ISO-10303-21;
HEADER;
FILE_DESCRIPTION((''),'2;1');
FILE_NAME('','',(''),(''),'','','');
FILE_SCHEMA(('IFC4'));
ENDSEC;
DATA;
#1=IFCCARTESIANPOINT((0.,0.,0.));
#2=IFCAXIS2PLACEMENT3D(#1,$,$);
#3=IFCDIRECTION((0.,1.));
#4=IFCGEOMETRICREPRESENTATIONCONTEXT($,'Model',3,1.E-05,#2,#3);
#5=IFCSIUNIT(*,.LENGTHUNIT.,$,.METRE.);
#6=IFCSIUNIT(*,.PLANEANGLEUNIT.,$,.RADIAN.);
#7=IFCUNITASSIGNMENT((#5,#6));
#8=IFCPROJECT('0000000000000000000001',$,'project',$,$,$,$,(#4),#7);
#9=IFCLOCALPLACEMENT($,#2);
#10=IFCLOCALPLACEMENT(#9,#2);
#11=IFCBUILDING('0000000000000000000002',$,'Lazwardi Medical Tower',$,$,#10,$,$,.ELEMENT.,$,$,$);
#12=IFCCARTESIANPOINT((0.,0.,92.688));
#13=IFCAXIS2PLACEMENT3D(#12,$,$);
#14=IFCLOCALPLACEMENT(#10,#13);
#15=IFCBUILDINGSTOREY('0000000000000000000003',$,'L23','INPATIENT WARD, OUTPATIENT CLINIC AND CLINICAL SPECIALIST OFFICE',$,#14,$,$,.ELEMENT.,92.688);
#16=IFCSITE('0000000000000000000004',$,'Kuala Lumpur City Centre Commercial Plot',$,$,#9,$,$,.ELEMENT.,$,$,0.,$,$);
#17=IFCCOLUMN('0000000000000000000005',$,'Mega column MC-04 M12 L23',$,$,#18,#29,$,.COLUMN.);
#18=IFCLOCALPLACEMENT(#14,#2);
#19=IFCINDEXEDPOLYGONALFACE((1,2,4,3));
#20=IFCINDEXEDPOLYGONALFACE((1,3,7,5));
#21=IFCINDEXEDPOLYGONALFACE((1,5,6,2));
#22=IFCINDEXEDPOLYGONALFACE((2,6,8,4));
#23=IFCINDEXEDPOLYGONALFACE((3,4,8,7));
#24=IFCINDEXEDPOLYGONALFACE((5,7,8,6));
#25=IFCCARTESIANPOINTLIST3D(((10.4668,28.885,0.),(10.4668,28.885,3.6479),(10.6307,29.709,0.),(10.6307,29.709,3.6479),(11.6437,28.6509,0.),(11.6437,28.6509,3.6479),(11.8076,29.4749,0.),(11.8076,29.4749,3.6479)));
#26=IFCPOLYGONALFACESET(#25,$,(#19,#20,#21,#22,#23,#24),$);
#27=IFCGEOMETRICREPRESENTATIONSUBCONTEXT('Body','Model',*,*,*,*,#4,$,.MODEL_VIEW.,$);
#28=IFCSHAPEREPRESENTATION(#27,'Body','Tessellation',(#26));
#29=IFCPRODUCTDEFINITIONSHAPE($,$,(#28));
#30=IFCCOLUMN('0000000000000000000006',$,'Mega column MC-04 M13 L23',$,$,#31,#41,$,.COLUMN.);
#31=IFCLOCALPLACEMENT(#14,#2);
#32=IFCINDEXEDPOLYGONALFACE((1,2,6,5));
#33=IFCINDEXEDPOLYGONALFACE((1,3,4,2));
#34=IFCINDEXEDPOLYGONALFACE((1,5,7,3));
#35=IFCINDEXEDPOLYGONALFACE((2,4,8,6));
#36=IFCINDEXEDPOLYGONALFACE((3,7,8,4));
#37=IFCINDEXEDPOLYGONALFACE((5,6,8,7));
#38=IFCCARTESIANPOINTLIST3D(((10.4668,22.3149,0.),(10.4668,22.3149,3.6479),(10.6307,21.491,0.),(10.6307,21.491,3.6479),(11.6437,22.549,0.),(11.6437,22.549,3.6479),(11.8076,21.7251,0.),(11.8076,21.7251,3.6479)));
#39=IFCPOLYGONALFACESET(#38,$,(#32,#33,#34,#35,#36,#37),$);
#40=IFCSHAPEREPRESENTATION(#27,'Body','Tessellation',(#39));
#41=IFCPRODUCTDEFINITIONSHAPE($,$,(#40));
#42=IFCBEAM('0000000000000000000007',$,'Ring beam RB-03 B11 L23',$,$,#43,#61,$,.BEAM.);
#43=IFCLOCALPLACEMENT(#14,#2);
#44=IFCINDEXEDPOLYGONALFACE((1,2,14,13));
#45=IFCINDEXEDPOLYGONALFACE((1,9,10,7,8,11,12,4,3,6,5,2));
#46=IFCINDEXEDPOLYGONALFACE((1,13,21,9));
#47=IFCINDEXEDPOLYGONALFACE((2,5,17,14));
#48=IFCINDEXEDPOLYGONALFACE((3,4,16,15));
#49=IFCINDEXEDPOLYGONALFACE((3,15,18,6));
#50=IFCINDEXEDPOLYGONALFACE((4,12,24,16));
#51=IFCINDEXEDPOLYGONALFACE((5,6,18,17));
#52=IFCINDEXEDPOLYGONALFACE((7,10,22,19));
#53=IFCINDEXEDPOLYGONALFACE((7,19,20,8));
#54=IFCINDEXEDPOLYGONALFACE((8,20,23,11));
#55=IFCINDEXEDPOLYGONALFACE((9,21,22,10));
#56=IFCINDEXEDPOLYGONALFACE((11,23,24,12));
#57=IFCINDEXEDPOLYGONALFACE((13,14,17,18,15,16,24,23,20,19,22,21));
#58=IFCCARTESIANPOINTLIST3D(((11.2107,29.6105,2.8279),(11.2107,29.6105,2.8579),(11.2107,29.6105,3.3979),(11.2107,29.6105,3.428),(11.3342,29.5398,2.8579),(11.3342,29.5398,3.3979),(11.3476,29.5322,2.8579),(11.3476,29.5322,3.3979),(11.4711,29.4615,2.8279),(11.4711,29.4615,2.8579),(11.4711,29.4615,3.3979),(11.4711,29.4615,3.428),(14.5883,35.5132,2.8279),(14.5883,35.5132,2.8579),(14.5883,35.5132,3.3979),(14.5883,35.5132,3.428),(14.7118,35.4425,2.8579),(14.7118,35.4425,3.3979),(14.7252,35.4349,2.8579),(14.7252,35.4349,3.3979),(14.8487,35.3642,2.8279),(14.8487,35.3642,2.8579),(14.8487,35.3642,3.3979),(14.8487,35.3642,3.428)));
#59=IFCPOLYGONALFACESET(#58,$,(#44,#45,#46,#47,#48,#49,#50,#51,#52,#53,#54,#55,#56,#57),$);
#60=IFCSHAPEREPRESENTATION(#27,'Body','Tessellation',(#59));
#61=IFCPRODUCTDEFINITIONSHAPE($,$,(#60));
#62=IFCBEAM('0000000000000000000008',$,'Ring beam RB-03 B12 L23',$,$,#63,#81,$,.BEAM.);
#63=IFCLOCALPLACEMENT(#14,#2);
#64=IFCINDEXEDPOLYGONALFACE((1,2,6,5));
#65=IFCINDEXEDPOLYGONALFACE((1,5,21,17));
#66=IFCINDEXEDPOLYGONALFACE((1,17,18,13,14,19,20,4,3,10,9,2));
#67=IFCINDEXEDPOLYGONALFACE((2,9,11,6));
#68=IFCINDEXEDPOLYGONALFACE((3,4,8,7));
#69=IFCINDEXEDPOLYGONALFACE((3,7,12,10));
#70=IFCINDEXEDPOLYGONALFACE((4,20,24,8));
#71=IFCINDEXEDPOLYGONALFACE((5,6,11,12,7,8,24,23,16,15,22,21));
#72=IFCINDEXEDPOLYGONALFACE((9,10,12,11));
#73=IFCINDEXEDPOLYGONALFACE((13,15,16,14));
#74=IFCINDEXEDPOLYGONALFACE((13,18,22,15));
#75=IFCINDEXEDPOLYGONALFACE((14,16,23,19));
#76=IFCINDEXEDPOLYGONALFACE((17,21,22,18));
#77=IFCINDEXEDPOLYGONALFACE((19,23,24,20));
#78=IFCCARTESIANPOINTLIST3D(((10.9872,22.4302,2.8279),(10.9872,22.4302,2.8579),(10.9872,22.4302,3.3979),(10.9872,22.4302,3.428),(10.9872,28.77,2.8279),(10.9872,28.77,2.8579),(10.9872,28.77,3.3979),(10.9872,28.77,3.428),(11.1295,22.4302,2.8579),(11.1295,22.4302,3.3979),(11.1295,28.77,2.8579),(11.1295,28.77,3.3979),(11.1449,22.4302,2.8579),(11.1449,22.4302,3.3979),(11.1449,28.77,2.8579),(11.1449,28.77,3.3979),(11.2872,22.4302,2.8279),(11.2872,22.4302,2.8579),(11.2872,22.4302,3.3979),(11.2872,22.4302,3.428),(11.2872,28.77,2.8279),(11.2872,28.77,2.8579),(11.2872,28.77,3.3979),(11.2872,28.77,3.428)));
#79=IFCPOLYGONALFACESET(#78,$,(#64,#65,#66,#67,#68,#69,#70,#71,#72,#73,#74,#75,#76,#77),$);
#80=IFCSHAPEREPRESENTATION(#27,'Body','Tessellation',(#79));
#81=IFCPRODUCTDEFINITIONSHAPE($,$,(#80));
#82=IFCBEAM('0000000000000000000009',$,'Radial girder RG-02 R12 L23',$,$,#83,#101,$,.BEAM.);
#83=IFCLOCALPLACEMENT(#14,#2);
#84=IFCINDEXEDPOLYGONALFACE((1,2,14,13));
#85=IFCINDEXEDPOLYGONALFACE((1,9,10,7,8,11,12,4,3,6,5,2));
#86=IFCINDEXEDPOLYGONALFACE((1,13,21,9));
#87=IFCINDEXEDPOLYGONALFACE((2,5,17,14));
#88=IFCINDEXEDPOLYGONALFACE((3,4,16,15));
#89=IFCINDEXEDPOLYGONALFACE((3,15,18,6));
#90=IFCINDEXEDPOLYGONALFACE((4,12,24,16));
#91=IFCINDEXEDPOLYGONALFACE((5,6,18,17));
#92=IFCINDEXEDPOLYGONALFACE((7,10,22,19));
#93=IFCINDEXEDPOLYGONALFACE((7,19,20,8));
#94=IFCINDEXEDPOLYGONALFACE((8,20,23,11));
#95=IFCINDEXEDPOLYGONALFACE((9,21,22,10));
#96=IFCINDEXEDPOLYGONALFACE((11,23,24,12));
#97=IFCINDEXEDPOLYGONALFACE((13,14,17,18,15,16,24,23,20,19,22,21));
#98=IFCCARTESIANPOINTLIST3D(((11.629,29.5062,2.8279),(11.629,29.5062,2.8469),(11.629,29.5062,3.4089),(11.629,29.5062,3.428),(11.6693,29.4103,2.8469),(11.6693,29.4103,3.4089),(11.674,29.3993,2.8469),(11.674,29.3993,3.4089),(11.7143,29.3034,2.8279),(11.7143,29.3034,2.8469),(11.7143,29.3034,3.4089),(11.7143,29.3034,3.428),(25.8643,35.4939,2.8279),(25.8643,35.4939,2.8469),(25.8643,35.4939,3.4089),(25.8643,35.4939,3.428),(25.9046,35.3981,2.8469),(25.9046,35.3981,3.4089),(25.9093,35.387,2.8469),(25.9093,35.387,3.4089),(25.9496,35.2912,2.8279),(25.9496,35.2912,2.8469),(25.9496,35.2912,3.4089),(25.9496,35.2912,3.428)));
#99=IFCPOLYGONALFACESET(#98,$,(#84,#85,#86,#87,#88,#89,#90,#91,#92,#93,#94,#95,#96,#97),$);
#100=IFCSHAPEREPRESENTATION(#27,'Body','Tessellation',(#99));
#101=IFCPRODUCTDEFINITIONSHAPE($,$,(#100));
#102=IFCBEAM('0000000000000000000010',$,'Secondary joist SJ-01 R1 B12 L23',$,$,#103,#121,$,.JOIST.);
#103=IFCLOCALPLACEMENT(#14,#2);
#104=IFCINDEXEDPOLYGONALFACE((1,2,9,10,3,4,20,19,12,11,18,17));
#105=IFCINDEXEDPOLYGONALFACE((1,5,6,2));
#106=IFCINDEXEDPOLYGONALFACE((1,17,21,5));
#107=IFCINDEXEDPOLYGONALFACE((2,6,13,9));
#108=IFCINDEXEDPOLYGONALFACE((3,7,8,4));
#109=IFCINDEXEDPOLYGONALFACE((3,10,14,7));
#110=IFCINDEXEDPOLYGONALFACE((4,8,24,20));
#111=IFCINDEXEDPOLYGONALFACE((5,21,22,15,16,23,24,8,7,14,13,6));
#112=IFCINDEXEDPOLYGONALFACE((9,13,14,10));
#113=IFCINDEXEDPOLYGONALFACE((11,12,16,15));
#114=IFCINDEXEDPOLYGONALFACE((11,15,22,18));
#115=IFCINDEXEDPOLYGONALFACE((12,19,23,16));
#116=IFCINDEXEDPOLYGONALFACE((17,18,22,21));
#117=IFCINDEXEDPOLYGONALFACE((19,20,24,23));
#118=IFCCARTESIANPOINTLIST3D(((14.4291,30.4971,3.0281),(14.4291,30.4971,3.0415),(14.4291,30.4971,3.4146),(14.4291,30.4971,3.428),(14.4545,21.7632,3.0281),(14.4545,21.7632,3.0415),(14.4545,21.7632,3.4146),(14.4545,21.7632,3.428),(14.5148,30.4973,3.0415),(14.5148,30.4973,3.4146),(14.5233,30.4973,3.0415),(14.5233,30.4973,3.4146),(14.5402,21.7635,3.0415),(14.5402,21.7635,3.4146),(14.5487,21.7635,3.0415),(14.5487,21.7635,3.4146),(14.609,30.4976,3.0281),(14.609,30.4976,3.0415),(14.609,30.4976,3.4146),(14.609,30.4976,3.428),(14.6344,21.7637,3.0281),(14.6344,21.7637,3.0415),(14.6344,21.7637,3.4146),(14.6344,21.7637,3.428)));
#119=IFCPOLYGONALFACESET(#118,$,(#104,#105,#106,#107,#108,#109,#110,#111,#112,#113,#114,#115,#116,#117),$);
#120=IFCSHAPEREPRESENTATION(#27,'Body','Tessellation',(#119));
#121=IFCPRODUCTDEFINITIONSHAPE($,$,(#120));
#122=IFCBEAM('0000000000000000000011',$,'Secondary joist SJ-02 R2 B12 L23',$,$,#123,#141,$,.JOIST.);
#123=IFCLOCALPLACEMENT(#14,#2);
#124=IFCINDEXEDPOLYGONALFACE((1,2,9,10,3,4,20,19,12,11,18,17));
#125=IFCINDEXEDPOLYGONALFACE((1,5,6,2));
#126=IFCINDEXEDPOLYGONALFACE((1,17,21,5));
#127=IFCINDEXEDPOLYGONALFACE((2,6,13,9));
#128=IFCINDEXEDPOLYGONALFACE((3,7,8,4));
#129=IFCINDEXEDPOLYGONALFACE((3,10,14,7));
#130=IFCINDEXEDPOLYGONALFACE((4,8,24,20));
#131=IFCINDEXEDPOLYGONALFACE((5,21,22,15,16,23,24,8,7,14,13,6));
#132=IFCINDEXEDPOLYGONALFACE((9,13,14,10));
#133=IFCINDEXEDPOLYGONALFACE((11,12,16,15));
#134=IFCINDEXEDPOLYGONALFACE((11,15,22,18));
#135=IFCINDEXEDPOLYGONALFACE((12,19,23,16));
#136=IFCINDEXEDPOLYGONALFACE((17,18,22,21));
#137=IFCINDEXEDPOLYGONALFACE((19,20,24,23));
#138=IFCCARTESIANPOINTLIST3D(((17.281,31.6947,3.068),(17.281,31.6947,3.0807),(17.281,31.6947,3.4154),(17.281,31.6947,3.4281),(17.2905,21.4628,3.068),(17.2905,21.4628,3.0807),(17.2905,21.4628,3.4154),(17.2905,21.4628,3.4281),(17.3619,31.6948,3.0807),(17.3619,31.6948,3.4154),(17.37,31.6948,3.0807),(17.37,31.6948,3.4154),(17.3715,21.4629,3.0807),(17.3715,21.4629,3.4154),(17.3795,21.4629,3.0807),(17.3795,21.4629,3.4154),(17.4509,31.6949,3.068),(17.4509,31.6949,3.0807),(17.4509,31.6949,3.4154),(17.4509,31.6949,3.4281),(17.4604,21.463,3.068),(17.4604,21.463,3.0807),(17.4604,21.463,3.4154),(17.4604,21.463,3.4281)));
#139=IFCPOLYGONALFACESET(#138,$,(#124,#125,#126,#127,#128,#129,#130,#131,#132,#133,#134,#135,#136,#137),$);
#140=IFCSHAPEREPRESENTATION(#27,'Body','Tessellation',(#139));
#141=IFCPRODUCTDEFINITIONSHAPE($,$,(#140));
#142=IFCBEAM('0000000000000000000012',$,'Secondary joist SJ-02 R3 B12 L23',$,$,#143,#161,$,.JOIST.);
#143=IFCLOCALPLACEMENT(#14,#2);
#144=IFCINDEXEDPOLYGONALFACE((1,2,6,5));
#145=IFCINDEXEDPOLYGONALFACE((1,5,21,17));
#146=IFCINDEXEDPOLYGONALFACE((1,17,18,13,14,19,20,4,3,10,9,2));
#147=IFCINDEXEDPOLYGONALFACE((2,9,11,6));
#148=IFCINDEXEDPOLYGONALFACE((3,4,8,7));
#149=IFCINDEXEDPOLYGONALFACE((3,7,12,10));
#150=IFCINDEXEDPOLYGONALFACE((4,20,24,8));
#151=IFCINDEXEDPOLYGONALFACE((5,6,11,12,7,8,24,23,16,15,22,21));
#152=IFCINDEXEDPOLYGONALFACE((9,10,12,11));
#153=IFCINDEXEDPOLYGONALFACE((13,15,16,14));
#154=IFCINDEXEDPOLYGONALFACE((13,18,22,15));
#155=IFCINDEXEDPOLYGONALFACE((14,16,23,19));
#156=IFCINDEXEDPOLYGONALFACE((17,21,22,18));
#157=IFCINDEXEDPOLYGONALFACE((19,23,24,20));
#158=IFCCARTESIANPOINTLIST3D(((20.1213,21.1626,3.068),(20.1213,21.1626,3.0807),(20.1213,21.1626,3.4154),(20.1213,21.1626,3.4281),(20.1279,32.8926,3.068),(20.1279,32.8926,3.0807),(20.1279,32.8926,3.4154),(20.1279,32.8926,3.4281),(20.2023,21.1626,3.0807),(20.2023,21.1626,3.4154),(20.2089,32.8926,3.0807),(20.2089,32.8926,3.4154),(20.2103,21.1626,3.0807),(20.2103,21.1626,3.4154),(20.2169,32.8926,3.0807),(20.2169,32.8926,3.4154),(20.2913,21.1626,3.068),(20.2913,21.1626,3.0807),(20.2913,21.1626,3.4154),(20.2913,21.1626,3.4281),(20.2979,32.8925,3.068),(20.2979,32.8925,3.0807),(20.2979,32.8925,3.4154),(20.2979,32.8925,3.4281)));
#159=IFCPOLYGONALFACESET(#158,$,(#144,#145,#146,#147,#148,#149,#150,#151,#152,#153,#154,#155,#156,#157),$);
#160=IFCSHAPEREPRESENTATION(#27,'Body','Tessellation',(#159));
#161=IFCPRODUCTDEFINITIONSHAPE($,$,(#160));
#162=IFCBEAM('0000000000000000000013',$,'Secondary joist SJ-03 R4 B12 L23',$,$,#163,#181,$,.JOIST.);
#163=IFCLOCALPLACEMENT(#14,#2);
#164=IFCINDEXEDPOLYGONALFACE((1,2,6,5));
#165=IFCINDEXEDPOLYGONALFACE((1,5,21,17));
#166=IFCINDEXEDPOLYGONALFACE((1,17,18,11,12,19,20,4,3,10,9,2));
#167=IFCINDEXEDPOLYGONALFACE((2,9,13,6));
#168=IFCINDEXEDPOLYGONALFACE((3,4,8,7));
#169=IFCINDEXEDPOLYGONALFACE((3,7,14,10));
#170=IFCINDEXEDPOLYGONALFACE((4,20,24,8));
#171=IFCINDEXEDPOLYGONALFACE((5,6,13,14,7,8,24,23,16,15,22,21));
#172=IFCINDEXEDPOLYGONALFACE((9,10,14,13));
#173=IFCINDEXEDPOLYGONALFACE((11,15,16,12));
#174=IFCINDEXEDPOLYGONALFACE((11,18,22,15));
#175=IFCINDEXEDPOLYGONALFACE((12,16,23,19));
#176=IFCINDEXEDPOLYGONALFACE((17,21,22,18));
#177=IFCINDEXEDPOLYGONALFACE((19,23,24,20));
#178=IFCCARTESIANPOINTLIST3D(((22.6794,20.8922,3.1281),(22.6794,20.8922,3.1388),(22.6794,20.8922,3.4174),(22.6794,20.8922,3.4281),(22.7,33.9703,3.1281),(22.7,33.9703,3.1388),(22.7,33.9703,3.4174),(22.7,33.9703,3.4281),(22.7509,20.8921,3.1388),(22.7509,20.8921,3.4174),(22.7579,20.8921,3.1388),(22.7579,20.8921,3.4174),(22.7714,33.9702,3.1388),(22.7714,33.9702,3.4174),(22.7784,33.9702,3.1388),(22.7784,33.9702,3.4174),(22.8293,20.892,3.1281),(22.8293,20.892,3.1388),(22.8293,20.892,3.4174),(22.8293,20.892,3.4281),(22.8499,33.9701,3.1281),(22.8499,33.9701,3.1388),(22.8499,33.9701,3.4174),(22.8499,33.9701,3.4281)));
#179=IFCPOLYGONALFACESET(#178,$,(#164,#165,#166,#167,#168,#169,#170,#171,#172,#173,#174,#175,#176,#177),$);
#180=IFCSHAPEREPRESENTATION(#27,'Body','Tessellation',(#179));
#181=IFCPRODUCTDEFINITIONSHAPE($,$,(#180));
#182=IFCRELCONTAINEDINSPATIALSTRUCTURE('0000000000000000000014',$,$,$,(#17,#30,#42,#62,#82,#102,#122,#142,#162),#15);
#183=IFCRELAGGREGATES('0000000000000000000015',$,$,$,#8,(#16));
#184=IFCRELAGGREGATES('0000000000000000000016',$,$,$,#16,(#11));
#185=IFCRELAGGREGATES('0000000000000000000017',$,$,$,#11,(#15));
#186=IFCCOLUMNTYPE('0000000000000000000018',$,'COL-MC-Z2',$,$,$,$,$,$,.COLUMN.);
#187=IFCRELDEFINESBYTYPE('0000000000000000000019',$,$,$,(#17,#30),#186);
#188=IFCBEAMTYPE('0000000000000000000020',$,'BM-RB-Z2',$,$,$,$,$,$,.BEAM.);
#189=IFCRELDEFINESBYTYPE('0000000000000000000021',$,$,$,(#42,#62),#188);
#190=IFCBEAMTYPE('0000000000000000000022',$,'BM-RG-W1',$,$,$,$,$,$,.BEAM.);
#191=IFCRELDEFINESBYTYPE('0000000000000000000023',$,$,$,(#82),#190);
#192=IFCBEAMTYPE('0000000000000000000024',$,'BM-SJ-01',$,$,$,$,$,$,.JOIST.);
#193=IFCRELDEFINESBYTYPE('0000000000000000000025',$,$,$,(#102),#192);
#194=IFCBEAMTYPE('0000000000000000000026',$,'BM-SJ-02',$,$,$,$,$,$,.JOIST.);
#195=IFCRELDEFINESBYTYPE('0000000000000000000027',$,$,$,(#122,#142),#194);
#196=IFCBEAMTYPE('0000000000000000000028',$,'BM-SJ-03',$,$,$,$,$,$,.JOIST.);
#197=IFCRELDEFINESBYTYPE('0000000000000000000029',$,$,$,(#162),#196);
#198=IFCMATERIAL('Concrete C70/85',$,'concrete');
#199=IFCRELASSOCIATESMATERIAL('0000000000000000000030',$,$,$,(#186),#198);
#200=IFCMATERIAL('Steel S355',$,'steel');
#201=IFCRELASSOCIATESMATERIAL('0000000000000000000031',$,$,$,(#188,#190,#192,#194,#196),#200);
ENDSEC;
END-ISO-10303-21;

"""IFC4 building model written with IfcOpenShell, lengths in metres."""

from ifc_helpers import new_model, si_unit, direction, frame, origin, origin_2d, place, context, subcontext, project, spatial, rectangle, i_section, extrude, material, material_profile, profile_set, type_object, element, save


model = new_model("IFC4")

# Units and contexts
model_context = context("Model", 3, precision=1e-05, world=origin(), true_north=direction((0.0, 1.0)))
body_context = subcontext(model_context, "Body", "Model", "MODEL_VIEW")
ifc_project = project(units=[si_unit("LENGTHUNIT", "METRE"), si_unit("PLANEANGLEUNIT", "RADIAN")], contexts=[model_context])

# Site, building, storey
site_placement = place(None, origin())
site = spatial("IfcSite", under=ifc_project, at=site_placement, Name="Kuala Lumpur City Centre Commercial Plot", CompositionType="ELEMENT", RefElevation=0.0)
building_placement = place(site_placement, origin())
building = spatial("IfcBuilding", under=site, at=building_placement, Name="Lazwardi Medical Tower", CompositionType="ELEMENT")
storey_placement = place(building_placement, frame((0.0, 0.0, 92.688)))
storey = spatial("IfcBuildingStorey", under=building, at=storey_placement, Name="L23", Description="INPATIENT WARD, OUTPATIENT CLINIC AND CLINICAL SPECIALIST OFFICE", CompositionType="ELEMENT", Elevation=92.688)

# Columns
ifc_material_1 = material(Name="Concrete C70/85", Category="concrete")
ifc_material_profile_1 = material_profile(ifc_material_1, rectangle(XDim=1.2, YDim=0.8401, at=origin_2d()), Name="CFT-RECT 1200x840")
ifc_profile_set_1 = profile_set([ifc_material_profile_1], Name="Concrete C70/85")
column_type = type_object("IfcColumnType", Name="COL-MC-Z2", PredefinedType="COLUMN", material=ifc_profile_set_1)
for number, where, z_axis, x_axis, name in (
    (1, (11.1372, 29.1799, 0.0), (0.0, 0.0, 1.0), (-0.980785, 0.19509, 0.0), "Mega column MC-04 M12 L23"),
    (2, (11.1372, 22.02, 0.0), (0.0, 0.0, 1.0), (-0.980785, -0.19509, 0.0), "Mega column MC-04 M13 L23"),
):
    element("IfcColumn", number, at=place(storey_placement, frame(where, z_axis=z_axis, x_axis=x_axis)), inside=storey, type_object=column_type, Name=name, PredefinedType="COLUMN", context=body_context, shape_type="SweptSolid", body=[
        extrude(rectangle(XDim=1.2, YDim=0.8401, at=origin_2d()), origin(), (0.0, 0.0, 1.0), 3.6479),
    ])

# Beams
ifc_material_2 = material(Name="Steel S355", Category="steel")
ifc_material_profile_2 = material_profile(ifc_material_2, i_section(OverallWidth=0.3, OverallDepth=0.6001, WebThickness=0.0154, FlangeThickness=0.03, at=origin_2d()), Name="HEB 600")
ifc_profile_set_2 = profile_set([ifc_material_profile_2], Name="Steel S355")
beam_type_1 = type_object("IfcBeamType", Name="BM-RB-Z2", PredefinedType="BEAM", material=ifc_profile_set_2)
beam_1_placement = place(storey_placement, frame((14.7185, 35.4387, 3.1279), z_axis=(-0.496653, -0.867949, 0.0), x_axis=(0.867949, -0.496653, 0.0)))
element("IfcBeam", 3, at=beam_1_placement, inside=storey, type_object=beam_type_1, Name="Ring beam RB-03 B11 L23", PredefinedType="BEAM", context=body_context, shape_type="SweptSolid", body=[
    extrude(i_section(OverallWidth=0.3, OverallDepth=0.6001, WebThickness=0.0154, FlangeThickness=0.03, at=origin_2d()), origin(), (0.0, 0.0, 1.0), 6.8008),
])
beam_2_placement = place(storey_placement, frame((11.1372, 28.77, 3.1279), z_axis=(0.0, -1.0, 0.0), x_axis=(1.0, 0.0, 0.0)))
element("IfcBeam", 4, at=beam_2_placement, inside=storey, type_object=beam_type_1, Name="Ring beam RB-03 B12 L23", PredefinedType="BEAM", context=body_context, shape_type="SweptSolid", body=[
    extrude(i_section(OverallWidth=0.3, OverallDepth=0.6001, WebThickness=0.0154, FlangeThickness=0.03, at=origin_2d()), origin(), (0.0, 0.0, 1.0), 6.3398),
])
ifc_material_profile_3 = material_profile(ifc_material_2, i_section(OverallWidth=0.22, OverallDepth=0.6001, WebThickness=0.012, FlangeThickness=0.019, at=origin_2d()), Name="IPE 600")
ifc_profile_set_3 = profile_set([ifc_material_profile_3], Name="Steel S355")
beam_type_2 = type_object("IfcBeamType", Name="BM-RG-W1", PredefinedType="BEAM", material=ifc_profile_set_3)
beam_3_placement = place(storey_placement, frame((11.6716, 29.4048, 3.1279), z_axis=(0.921775, 0.387725, 0.0), x_axis=(-0.387725, 0.921775, 0.0)))
element("IfcBeam", 5, at=beam_3_placement, inside=storey, type_object=beam_type_2, Name="Radial girder RG-02 R12 L23", PredefinedType="BEAM", context=body_context, shape_type="SweptSolid", body=[
    extrude(i_section(OverallWidth=0.22, OverallDepth=0.6001, WebThickness=0.012, FlangeThickness=0.019, at=origin_2d()), origin(), (0.0, 0.0, 1.0), 15.4434),
])
ifc_material_profile_4 = material_profile(ifc_material_2, i_section(OverallWidth=0.1799, OverallDepth=0.3999, WebThickness=0.0085, FlangeThickness=0.0134, at=origin_2d()), Name="IPE 400")
ifc_profile_set_4 = profile_set([ifc_material_profile_4], Name="Steel S355")
beam_type_3 = type_object("IfcBeamType", Name="BM-SJ-01", PredefinedType="JOIST", material=ifc_profile_set_4)
beam_4_placement = place(storey_placement, frame((14.519, 30.4973, 3.228), z_axis=(0.002907, -0.999996, 0.0), x_axis=(0.999996, 0.002907, 0.0)))
element("IfcBeam", 6, at=beam_4_placement, inside=storey, type_object=beam_type_3, Name="Secondary joist SJ-01 R1 B12 L23", PredefinedType="JOIST", context=body_context, shape_type="SweptSolid", body=[
    extrude(i_section(OverallWidth=0.1799, OverallDepth=0.3999, WebThickness=0.0085, FlangeThickness=0.0134, at=origin_2d()), origin(), (0.0, 0.0, 1.0), 8.7339),
])
ifc_material_profile_5 = material_profile(ifc_material_2, i_section(OverallWidth=0.1699, OverallDepth=0.3601, WebThickness=0.0081, FlangeThickness=0.0127, at=origin_2d()), Name="IPE 360")
ifc_profile_set_5 = profile_set([ifc_material_profile_5], Name="Steel S355")
beam_type_4 = type_object("IfcBeamType", Name="BM-SJ-02", PredefinedType="JOIST", material=ifc_profile_set_5)
beam_5_placement = place(storey_placement, frame((17.366, 31.6948, 3.248), z_axis=(0.000931, -1.0, 0.0), x_axis=(1.0, 0.000931, 0.0)))
element("IfcBeam", 7, at=beam_5_placement, inside=storey, type_object=beam_type_4, Name="Secondary joist SJ-02 R2 B12 L23", PredefinedType="JOIST", context=body_context, shape_type="SweptSolid", body=[
    extrude(i_section(OverallWidth=0.1699, OverallDepth=0.3601, WebThickness=0.0081, FlangeThickness=0.0127, at=origin_2d()), origin(), (0.0, 0.0, 1.0), 10.2319),
])
beam_6_placement = place(storey_placement, frame((20.2129, 32.8926, 3.248), z_axis=(-0.000562, -1.0, 0.0), x_axis=(1.0, -0.000562, 0.0)))
element("IfcBeam", 8, at=beam_6_placement, inside=storey, type_object=beam_type_4, Name="Secondary joist SJ-02 R3 B12 L23", PredefinedType="JOIST", context=body_context, shape_type="SweptSolid", body=[
    extrude(i_section(OverallWidth=0.1699, OverallDepth=0.3601, WebThickness=0.0081, FlangeThickness=0.0127, at=origin_2d()), origin(), (0.0, 0.0, 1.0), 11.73),
])
ifc_material_profile_6 = material_profile(ifc_material_2, i_section(OverallWidth=0.1499, OverallDepth=0.3, WebThickness=0.0071, FlangeThickness=0.0107, at=origin_2d()), Name="IPE 300")
ifc_profile_set_6 = profile_set([ifc_material_profile_6], Name="Steel S355")
beam_type_5 = type_object("IfcBeamType", Name="BM-SJ-03", PredefinedType="JOIST", material=ifc_profile_set_6)
beam_7_placement = place(storey_placement, frame((22.7749, 33.9702, 3.2781), z_axis=(-0.001568, -0.999999, 0.0), x_axis=(0.999999, -0.001568, 0.0)))
element("IfcBeam", 9, at=beam_7_placement, inside=storey, type_object=beam_type_5, Name="Secondary joist SJ-03 R4 B12 L23", PredefinedType="JOIST", context=body_context, shape_type="SweptSolid", body=[
    extrude(i_section(OverallWidth=0.1499, OverallDepth=0.3, WebThickness=0.0071, FlangeThickness=0.0107, at=origin_2d()), origin(), (0.0, 0.0, 1.0), 13.0781),
])

save(model, "model.ifc")
